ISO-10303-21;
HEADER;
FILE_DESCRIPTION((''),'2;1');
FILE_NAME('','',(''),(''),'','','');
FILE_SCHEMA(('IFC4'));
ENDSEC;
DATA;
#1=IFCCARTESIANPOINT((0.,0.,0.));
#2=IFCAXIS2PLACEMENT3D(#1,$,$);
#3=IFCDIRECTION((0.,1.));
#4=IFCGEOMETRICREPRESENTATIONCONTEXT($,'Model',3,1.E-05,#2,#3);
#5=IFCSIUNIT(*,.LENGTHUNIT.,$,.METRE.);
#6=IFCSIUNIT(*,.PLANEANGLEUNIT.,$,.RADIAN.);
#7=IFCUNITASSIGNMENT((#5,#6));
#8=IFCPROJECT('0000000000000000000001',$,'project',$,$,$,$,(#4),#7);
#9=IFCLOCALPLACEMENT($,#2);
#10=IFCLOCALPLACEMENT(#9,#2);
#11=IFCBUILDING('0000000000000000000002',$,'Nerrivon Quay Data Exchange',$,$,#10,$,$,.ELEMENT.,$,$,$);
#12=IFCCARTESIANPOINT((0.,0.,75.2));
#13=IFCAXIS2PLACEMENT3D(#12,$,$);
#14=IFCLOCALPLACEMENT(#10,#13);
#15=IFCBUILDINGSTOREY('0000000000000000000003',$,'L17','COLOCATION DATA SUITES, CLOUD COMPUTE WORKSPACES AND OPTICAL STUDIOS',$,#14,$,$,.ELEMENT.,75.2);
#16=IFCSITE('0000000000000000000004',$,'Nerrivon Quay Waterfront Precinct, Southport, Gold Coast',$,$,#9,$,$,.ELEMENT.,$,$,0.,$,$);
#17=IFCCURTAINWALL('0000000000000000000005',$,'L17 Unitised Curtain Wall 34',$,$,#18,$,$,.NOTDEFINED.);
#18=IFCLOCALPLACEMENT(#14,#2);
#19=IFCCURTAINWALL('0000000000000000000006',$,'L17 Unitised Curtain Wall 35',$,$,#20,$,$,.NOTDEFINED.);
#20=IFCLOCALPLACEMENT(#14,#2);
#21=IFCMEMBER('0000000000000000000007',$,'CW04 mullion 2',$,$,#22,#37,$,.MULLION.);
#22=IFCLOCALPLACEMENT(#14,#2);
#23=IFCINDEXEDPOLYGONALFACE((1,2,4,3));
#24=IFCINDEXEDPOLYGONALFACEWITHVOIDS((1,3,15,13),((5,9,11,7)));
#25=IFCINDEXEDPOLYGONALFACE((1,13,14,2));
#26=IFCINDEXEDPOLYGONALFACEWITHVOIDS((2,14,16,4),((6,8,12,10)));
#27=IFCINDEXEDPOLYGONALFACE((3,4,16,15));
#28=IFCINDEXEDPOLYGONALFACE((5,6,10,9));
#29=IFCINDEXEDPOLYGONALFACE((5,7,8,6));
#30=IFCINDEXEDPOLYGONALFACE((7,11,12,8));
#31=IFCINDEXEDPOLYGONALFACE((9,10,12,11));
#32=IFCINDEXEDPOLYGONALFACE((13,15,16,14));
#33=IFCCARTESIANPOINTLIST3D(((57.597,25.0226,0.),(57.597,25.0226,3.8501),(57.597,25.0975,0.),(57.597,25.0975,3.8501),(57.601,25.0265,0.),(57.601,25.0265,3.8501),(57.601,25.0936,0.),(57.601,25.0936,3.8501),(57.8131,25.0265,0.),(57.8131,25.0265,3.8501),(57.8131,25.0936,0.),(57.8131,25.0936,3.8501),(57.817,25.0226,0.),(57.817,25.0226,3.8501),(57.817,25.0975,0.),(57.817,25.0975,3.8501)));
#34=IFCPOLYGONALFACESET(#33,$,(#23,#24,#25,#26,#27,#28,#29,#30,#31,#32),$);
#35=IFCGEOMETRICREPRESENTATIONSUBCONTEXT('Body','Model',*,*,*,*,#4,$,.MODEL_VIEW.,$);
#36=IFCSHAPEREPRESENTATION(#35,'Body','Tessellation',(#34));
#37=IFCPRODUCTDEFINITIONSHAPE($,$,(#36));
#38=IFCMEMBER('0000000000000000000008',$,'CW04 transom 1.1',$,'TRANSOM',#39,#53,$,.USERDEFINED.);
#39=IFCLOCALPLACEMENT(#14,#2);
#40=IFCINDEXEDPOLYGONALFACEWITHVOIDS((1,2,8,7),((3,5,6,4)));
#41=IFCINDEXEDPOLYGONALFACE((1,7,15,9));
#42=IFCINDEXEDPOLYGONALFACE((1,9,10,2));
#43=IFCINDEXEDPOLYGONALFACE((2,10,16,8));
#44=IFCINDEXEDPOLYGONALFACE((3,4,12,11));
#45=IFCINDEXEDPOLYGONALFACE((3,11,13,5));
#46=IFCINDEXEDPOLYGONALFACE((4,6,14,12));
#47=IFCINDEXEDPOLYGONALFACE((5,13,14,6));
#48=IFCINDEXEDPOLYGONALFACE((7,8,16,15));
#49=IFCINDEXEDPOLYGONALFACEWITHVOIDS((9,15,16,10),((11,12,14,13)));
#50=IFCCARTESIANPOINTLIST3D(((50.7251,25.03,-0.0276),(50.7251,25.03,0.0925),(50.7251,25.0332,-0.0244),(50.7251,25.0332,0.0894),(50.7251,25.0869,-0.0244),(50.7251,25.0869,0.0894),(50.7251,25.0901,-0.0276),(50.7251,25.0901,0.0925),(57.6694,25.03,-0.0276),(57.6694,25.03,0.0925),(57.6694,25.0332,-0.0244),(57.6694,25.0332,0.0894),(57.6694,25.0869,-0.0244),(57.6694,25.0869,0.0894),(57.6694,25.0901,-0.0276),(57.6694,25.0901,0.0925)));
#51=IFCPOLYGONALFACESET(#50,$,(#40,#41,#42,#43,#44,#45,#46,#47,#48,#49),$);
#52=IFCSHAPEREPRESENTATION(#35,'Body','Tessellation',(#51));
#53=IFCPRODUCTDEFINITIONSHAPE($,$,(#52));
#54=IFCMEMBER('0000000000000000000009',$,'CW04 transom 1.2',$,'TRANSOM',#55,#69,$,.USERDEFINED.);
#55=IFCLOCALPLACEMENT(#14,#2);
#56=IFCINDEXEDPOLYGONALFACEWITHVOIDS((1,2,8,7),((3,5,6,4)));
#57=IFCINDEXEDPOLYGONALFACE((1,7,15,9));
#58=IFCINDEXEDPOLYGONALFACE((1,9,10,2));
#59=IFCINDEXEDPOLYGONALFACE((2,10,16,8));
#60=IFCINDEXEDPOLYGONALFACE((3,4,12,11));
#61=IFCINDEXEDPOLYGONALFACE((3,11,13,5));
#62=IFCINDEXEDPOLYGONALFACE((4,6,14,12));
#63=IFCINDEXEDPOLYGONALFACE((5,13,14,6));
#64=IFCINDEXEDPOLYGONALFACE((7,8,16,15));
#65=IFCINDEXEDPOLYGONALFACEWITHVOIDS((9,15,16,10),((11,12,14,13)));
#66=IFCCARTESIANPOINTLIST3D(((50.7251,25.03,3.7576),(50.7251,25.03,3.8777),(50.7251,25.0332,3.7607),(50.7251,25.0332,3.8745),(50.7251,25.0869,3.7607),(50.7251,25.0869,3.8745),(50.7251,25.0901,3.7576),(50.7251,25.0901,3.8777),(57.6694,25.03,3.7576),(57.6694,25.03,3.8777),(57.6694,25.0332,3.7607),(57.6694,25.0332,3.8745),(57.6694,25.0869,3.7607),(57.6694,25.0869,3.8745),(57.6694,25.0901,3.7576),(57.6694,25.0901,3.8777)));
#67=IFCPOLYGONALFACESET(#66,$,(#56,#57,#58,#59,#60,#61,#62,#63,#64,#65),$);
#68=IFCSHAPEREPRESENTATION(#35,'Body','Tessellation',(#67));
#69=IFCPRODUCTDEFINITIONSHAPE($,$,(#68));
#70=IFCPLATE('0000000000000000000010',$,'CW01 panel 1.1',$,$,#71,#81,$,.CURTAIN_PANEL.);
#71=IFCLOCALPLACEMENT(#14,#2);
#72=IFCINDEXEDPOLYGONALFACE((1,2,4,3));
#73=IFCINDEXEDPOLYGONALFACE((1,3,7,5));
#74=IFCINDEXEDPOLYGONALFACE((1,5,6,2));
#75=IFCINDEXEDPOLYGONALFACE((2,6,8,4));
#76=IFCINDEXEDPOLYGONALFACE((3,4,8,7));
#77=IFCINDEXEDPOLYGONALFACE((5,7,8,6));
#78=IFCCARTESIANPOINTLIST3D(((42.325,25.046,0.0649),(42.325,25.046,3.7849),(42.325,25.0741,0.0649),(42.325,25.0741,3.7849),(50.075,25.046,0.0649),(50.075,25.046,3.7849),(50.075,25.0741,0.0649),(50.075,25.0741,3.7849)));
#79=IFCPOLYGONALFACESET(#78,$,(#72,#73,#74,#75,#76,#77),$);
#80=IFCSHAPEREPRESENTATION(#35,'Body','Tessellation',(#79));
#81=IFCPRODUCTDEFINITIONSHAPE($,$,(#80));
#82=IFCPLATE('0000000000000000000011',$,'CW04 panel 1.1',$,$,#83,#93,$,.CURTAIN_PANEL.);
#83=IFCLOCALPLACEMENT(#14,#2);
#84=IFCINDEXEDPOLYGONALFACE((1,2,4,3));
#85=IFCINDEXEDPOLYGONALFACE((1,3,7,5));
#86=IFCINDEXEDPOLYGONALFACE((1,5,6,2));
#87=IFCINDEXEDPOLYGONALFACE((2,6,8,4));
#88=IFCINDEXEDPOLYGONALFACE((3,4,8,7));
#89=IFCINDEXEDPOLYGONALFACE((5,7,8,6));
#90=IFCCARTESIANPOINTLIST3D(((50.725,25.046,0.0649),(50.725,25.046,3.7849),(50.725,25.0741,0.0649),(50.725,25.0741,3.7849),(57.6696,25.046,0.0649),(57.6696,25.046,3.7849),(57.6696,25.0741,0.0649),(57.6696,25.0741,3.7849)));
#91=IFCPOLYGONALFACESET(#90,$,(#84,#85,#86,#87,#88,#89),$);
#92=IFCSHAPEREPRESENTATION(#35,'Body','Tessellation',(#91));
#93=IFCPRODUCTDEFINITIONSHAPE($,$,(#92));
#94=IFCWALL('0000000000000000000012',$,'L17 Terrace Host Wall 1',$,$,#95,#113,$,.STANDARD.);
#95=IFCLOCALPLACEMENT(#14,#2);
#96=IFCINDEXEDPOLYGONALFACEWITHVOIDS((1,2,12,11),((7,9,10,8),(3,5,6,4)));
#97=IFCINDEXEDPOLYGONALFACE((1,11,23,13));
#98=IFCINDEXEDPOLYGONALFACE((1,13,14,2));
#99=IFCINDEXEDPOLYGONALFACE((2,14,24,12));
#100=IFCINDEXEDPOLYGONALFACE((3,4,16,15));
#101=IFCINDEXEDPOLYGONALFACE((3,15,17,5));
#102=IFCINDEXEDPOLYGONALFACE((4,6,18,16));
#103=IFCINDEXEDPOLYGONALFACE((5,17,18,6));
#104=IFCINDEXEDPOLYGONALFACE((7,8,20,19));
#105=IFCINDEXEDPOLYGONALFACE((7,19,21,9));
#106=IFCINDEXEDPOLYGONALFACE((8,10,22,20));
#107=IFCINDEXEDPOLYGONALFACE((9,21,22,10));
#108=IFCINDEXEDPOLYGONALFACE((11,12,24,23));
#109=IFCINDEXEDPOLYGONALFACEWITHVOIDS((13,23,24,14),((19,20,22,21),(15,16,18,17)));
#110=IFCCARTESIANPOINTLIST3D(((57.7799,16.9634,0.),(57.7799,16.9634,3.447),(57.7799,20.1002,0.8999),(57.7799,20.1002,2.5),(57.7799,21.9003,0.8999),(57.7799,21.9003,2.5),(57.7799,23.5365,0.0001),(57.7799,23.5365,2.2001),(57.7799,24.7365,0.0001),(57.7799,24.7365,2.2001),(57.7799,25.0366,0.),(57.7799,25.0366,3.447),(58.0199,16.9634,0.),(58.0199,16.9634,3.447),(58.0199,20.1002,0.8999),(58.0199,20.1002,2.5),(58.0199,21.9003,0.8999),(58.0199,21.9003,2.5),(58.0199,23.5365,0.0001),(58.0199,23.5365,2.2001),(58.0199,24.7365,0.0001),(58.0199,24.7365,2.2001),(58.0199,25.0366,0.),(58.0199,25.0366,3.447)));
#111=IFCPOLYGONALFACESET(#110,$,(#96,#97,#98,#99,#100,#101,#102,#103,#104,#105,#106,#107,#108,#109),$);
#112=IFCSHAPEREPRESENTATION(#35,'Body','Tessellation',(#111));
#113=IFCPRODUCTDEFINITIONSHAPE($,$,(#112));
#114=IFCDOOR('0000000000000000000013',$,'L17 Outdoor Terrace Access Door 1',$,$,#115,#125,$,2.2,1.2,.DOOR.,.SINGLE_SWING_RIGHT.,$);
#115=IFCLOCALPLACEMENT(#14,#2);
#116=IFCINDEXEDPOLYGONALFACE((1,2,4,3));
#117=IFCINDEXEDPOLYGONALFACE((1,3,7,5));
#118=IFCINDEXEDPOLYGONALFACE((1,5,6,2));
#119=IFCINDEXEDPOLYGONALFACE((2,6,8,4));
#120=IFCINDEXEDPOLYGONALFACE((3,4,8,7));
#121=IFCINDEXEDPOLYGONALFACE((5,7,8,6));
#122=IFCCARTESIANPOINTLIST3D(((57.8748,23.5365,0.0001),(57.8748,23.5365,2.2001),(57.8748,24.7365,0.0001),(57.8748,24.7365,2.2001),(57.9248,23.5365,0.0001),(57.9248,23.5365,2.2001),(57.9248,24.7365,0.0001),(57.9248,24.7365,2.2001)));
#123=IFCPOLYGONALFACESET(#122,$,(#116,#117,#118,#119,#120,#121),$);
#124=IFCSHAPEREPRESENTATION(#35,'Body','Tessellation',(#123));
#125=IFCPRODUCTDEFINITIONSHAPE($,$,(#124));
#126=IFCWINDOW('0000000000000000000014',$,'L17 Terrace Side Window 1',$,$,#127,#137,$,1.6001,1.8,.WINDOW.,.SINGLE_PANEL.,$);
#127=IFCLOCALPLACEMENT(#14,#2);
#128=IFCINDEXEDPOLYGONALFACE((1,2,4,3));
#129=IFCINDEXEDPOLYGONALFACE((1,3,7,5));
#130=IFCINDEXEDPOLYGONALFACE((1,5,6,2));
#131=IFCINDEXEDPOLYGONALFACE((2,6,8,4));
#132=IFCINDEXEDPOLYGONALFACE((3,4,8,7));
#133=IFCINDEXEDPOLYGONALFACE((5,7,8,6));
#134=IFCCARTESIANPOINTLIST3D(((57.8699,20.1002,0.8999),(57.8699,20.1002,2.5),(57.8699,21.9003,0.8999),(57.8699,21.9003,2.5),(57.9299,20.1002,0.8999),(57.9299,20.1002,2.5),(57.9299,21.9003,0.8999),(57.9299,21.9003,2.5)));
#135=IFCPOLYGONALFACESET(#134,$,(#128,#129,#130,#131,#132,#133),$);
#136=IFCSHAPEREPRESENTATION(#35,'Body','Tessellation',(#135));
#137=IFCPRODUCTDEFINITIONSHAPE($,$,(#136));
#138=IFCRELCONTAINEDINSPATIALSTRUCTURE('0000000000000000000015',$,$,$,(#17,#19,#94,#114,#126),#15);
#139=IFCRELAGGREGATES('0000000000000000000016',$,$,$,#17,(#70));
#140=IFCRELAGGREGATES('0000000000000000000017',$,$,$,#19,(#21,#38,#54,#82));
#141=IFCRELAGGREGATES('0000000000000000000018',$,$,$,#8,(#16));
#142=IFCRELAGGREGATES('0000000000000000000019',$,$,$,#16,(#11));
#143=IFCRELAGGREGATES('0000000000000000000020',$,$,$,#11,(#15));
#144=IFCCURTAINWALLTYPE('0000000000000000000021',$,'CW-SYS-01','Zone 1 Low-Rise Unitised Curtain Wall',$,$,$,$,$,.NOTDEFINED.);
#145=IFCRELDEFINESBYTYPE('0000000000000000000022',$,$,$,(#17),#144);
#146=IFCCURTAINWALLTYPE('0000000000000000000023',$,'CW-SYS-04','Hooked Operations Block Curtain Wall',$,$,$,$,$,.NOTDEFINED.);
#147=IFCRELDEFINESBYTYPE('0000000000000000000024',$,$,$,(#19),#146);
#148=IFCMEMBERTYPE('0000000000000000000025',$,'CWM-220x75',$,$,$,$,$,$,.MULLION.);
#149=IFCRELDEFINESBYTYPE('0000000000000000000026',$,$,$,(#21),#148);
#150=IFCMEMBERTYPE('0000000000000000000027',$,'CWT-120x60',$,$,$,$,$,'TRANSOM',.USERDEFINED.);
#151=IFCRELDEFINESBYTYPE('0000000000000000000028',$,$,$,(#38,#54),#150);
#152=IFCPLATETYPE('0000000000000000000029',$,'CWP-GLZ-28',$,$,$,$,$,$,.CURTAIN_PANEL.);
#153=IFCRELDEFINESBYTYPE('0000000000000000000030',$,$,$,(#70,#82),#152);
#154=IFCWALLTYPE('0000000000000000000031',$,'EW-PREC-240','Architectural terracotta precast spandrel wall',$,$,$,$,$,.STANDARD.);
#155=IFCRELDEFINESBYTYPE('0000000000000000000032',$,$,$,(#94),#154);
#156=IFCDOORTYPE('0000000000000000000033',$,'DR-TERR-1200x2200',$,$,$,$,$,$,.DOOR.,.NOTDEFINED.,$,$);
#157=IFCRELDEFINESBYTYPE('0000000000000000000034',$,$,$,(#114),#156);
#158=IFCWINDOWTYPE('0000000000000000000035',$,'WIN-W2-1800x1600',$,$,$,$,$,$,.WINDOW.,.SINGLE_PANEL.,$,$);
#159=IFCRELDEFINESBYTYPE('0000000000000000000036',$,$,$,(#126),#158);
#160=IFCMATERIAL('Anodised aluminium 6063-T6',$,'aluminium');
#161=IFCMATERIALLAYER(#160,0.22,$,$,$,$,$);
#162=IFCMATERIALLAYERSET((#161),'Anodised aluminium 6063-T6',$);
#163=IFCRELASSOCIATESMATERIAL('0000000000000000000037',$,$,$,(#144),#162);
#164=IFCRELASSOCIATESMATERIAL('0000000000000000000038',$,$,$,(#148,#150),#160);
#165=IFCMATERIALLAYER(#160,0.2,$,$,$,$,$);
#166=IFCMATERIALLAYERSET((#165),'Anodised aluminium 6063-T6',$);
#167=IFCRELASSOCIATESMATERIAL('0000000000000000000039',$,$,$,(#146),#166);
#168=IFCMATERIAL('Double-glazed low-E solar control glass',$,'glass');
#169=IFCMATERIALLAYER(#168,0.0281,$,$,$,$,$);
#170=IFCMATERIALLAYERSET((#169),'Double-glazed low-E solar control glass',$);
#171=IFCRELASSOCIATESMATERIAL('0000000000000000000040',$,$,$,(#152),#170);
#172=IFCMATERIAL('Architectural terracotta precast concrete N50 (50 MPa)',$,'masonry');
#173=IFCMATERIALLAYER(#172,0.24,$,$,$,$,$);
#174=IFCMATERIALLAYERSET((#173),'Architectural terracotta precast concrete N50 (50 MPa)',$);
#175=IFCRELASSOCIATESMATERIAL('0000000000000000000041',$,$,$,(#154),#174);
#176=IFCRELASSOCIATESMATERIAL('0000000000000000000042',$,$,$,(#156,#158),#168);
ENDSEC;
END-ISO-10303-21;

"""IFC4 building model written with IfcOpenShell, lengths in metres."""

from ifc_helpers import new_model, si_unit, direction, frame, frame_2d, origin, origin_2d, place, context, subcontext, project, spatial, rectangle, hollow_rectangle, extrude, material, layer, layer_set, material_profile, profile_set, type_object, element, fill, aggregate, save


model = new_model("IFC4")

# Units and contexts
model_context = context("Model", 3, precision=1e-05, world=origin(), true_north=direction((0.0, 1.0)))
body_context = subcontext(model_context, "Body", "Model", "MODEL_VIEW")
ifc_project = project(units=[si_unit("LENGTHUNIT", "METRE"), si_unit("PLANEANGLEUNIT", "RADIAN")], contexts=[model_context])

# Site, building, storey
site_placement = place(None, origin())
site = spatial("IfcSite", under=ifc_project, at=site_placement, Name="Nerrivon Quay Waterfront Precinct, Southport, Gold Coast", CompositionType="ELEMENT", RefElevation=0.0)
building_placement = place(site_placement, origin())
building = spatial("IfcBuilding", under=site, at=building_placement, Name="Nerrivon Quay Data Exchange", CompositionType="ELEMENT")
storey_placement = place(building_placement, frame((0.0, 0.0, 75.2)))
storey = spatial("IfcBuildingStorey", under=building, at=storey_placement, Name="L17", Description="COLOCATION DATA SUITES, CLOUD COMPUTE WORKSPACES AND OPTICAL STUDIOS", CompositionType="ELEMENT", Elevation=75.2)

# Curtain wall
ifc_material_1 = material(Name="Anodised aluminium 6063-T6", Category="aluminium")
ifc_layer_1 = layer(ifc_material_1, 0.22)
ifc_layer_set_1 = layer_set([ifc_layer_1], Name="Anodised aluminium 6063-T6")
curtain_wall_type_1 = type_object("IfcCurtainWallType", Name="CW-SYS-01", Description="Zone 1 Low-Rise Unitised Curtain Wall", PredefinedType="NOTDEFINED", material=ifc_layer_set_1)
curtain_wall_1_placement = place(storey_placement, origin())
curtain_wall_1 = element("IfcCurtainWall", 1, at=curtain_wall_1_placement, inside=storey, type_object=curtain_wall_type_1, Name="L17 Unitised Curtain Wall 34", PredefinedType="NOTDEFINED")
ifc_material_profile_1 = material_profile(ifc_material_1, hollow_rectangle(XDim=0.075, YDim=0.22, WallThickness=0.0039, at=origin_2d()), Name="ALU-MULL-220x75")
ifc_profile_set_1 = profile_set([ifc_material_profile_1], Name="Anodised aluminium 6063-T6")
member_type_1 = type_object("IfcMemberType", Name="CWM-220x75", PredefinedType="MULLION", material=ifc_profile_set_1)

# Curtain wall, members
ifc_layer_2 = layer(ifc_material_1, 0.2)
ifc_layer_set_2 = layer_set([ifc_layer_2], Name="Anodised aluminium 6063-T6")
curtain_wall_type_2 = type_object("IfcCurtainWallType", Name="CW-SYS-04", Description="Hooked Operations Block Curtain Wall", PredefinedType="NOTDEFINED", material=ifc_layer_set_2)
curtain_wall_2_placement = place(storey_placement, origin())
curtain_wall_2 = element("IfcCurtainWall", 2, at=curtain_wall_2_placement, inside=storey, type_object=curtain_wall_type_2, Name="L17 Unitised Curtain Wall 35", PredefinedType="NOTDEFINED")
member_1_placement = place(storey_placement, frame((57.707, 25.0601, 0.0), z_axis=(0.0, 0.0, 1.0), x_axis=(0.0, 1.0, 0.0)))
member_1 = element("IfcMember", 3, at=member_1_placement, type_object=member_type_1, Name="CW04 mullion 2", PredefinedType="MULLION", context=body_context, shape_type="SweptSolid", body=[
    extrude(hollow_rectangle(XDim=0.075, YDim=0.22, WallThickness=0.0039, at=origin_2d()), origin(), (0.0, 0.0, 1.0), 3.8501),
])
ifc_material_profile_2 = material_profile(ifc_material_1, hollow_rectangle(XDim=0.0601, YDim=0.1201, WallThickness=0.0032, at=origin_2d()), Name="ALU-TRAN-120x60")
ifc_profile_set_2 = profile_set([ifc_material_profile_2], Name="Anodised aluminium 6063-T6")
member_type_2 = type_object("IfcMemberType", Name="CWT-120x60", ElementType="TRANSOM", PredefinedType="USERDEFINED", material=ifc_profile_set_2)
member_2_placement = place(storey_placement, frame((50.7251, 25.0601, 0.0325), z_axis=(1.0, 0.0, 0.0), x_axis=(0.0, 1.0, 0.0)))
member_2 = element("IfcMember", 4, at=member_2_placement, type_object=member_type_2, Name="CW04 transom 1.1", ObjectType="TRANSOM", PredefinedType="USERDEFINED", context=body_context, shape_type="SweptSolid", body=[
    extrude(hollow_rectangle(XDim=0.0601, YDim=0.1201, WallThickness=0.0032, at=origin_2d()), origin(), (0.0, 0.0, 1.0), 6.9443),
])
member_3_placement = place(storey_placement, frame((50.7251, 25.0601, 3.8176), z_axis=(1.0, 0.0, 0.0), x_axis=(0.0, 1.0, 0.0)))
member_3 = element("IfcMember", 5, at=member_3_placement, type_object=member_type_2, Name="CW04 transom 1.2", ObjectType="TRANSOM", PredefinedType="USERDEFINED", context=body_context, shape_type="SweptSolid", body=[
    extrude(hollow_rectangle(XDim=0.0601, YDim=0.1201, WallThickness=0.0032, at=origin_2d()), origin(), (0.0, 0.0, 1.0), 6.9443),
])

# Plates
ifc_material_2 = material(Name="Double-glazed low-E solar control glass", Category="glass")
ifc_layer_3 = layer(ifc_material_2, 0.0281)
ifc_layer_set_3 = layer_set([ifc_layer_3], Name="Double-glazed low-E solar control glass")
plate_type = type_object("IfcPlateType", Name="CWP-GLZ-28", PredefinedType="CURTAIN_PANEL", material=ifc_layer_set_3)
plate_1_placement = place(storey_placement, frame((46.2, 25.0601, 0.0649), z_axis=(0.0, 0.0, 1.0), x_axis=(1.0, 0.0, 0.0)))
plate_1 = element("IfcPlate", 6, at=plate_1_placement, type_object=plate_type, Name="CW01 panel 1.1", PredefinedType="CURTAIN_PANEL", context=body_context, shape_type="SweptSolid", body=[
    extrude(rectangle(XDim=7.75, YDim=0.0281, at=origin_2d()), origin(), (0.0, 0.0, 1.0), 3.72),
])
aggregate(curtain_wall_1, [plate_1])
plate_2_placement = place(storey_placement, frame((54.1973, 25.0601, 0.0649), z_axis=(0.0, 0.0, 1.0), x_axis=(1.0, 0.0, 0.0)))
plate_2 = element("IfcPlate", 7, at=plate_2_placement, type_object=plate_type, Name="CW04 panel 1.1", PredefinedType="CURTAIN_PANEL", context=body_context, shape_type="SweptSolid", body=[
    extrude(rectangle(XDim=6.9446, YDim=0.0281, at=origin_2d()), origin(), (0.0, 0.0, 1.0), 3.72),
])
aggregate(curtain_wall_2, [member_1, member_2, member_3, plate_2])

# Wall, openings, door, window
ifc_material_3 = material(Name="Architectural terracotta precast concrete N50 (50 MPa)", Category="masonry")
ifc_layer_4 = layer(ifc_material_3, 0.24)
ifc_layer_set_4 = layer_set([ifc_layer_4], Name="Architectural terracotta precast concrete N50 (50 MPa)")
wall_type_1 = type_object("IfcWallType", Name="EW-PREC-240", Description="Architectural terracotta precast spandrel wall", PredefinedType="STANDARD", material=ifc_layer_set_4)
wall_1_placement = place(storey_placement, frame((57.8999, 25.0366, 0.0), z_axis=(0.0, 0.0, 1.0), x_axis=(0.0, -1.0, 0.0)))
wall_1 = element("IfcWall", 8, at=wall_1_placement, inside=storey, type_object=wall_type_1, Name="L17 Terrace Host Wall 1", PredefinedType="STANDARD", context=body_context, shape_type="SweptSolid", body=[
    extrude(rectangle(XDim=8.0732, YDim=0.24, at=frame_2d((4.0366, 0.0))), origin(), (0.0, 0.0, 1.0), 3.447),
])
opening_1_placement = place(wall_1_placement, frame((0.3, 0.0, 0.0)))
opening_1 = element("IfcOpeningElement", 9, at=opening_1_placement, cuts=wall_1, PredefinedType="OPENING", context=body_context, shape_type="SweptSolid", body=[
    extrude(rectangle(XDim=1.2, YDim=2.2, at=frame_2d((0.6001, 1.1001))), frame((0.0, 0.1299, 0.0), z_axis=(0.0, -1.0, 0.0), x_axis=(1.0, 0.0, 0.0)), (0.0, 0.0, 1.0), 0.26),
])
opening_2_placement = place(wall_1_placement, frame((3.1365, 0.0, 0.8999)))
opening_2 = element("IfcOpeningElement", 10, at=opening_2_placement, cuts=wall_1, PredefinedType="OPENING", context=body_context, shape_type="SweptSolid", body=[
    extrude(rectangle(XDim=1.8, YDim=1.6001, at=frame_2d((0.8999, 0.8))), frame((0.0, 0.1299, 0.0), z_axis=(0.0, -1.0, 0.0), x_axis=(1.0, 0.0, 0.0)), (0.0, 0.0, 1.0), 0.26),
])
door_type = type_object("IfcDoorType", Name="DR-TERR-1200x2200", OperationType="NOTDEFINED", PredefinedType="DOOR", material=ifc_material_2)
door_1_placement = place(opening_1_placement, origin())
door_1 = element("IfcDoor", 11, at=door_1_placement, inside=storey, type_object=door_type, Name="L17 Outdoor Terrace Access Door 1", OperationType="SINGLE_SWING_RIGHT", OverallHeight=2.2, OverallWidth=1.2, PredefinedType="DOOR", context=body_context, shape_type="SweptSolid", body=[
    extrude(rectangle(XDim=1.2, YDim=2.2, at=frame_2d((0.6001, 1.1001))), frame((0.0, 0.0249, 0.0), z_axis=(0.0, -1.0, 0.0), x_axis=(1.0, 0.0, 0.0)), (0.0, 0.0, 1.0), 0.05),
])
fill(opening_1, door_1)
window_type_1 = type_object("IfcWindowType", Name="WIN-W2-1800x1600", PartitioningType="SINGLE_PANEL", PredefinedType="WINDOW", material=ifc_material_2)
window_1_placement = place(opening_2_placement, origin())
window_1 = element("IfcWindow", 12, at=window_1_placement, inside=storey, type_object=window_type_1, Name="L17 Terrace Side Window 1", OverallHeight=1.6001, OverallWidth=1.8, PartitioningType="SINGLE_PANEL", PredefinedType="WINDOW", context=body_context, shape_type="SweptSolid", body=[
    extrude(rectangle(XDim=1.8, YDim=1.6001, at=frame_2d((0.8999, 0.8))), frame((0.0, 0.03, 0.0), z_axis=(0.0, -1.0, 0.0), x_axis=(1.0, 0.0, 0.0)), (0.0, 0.0, 1.0), 0.0601),
])
fill(opening_2, window_1)

save(model, "model.ifc")
